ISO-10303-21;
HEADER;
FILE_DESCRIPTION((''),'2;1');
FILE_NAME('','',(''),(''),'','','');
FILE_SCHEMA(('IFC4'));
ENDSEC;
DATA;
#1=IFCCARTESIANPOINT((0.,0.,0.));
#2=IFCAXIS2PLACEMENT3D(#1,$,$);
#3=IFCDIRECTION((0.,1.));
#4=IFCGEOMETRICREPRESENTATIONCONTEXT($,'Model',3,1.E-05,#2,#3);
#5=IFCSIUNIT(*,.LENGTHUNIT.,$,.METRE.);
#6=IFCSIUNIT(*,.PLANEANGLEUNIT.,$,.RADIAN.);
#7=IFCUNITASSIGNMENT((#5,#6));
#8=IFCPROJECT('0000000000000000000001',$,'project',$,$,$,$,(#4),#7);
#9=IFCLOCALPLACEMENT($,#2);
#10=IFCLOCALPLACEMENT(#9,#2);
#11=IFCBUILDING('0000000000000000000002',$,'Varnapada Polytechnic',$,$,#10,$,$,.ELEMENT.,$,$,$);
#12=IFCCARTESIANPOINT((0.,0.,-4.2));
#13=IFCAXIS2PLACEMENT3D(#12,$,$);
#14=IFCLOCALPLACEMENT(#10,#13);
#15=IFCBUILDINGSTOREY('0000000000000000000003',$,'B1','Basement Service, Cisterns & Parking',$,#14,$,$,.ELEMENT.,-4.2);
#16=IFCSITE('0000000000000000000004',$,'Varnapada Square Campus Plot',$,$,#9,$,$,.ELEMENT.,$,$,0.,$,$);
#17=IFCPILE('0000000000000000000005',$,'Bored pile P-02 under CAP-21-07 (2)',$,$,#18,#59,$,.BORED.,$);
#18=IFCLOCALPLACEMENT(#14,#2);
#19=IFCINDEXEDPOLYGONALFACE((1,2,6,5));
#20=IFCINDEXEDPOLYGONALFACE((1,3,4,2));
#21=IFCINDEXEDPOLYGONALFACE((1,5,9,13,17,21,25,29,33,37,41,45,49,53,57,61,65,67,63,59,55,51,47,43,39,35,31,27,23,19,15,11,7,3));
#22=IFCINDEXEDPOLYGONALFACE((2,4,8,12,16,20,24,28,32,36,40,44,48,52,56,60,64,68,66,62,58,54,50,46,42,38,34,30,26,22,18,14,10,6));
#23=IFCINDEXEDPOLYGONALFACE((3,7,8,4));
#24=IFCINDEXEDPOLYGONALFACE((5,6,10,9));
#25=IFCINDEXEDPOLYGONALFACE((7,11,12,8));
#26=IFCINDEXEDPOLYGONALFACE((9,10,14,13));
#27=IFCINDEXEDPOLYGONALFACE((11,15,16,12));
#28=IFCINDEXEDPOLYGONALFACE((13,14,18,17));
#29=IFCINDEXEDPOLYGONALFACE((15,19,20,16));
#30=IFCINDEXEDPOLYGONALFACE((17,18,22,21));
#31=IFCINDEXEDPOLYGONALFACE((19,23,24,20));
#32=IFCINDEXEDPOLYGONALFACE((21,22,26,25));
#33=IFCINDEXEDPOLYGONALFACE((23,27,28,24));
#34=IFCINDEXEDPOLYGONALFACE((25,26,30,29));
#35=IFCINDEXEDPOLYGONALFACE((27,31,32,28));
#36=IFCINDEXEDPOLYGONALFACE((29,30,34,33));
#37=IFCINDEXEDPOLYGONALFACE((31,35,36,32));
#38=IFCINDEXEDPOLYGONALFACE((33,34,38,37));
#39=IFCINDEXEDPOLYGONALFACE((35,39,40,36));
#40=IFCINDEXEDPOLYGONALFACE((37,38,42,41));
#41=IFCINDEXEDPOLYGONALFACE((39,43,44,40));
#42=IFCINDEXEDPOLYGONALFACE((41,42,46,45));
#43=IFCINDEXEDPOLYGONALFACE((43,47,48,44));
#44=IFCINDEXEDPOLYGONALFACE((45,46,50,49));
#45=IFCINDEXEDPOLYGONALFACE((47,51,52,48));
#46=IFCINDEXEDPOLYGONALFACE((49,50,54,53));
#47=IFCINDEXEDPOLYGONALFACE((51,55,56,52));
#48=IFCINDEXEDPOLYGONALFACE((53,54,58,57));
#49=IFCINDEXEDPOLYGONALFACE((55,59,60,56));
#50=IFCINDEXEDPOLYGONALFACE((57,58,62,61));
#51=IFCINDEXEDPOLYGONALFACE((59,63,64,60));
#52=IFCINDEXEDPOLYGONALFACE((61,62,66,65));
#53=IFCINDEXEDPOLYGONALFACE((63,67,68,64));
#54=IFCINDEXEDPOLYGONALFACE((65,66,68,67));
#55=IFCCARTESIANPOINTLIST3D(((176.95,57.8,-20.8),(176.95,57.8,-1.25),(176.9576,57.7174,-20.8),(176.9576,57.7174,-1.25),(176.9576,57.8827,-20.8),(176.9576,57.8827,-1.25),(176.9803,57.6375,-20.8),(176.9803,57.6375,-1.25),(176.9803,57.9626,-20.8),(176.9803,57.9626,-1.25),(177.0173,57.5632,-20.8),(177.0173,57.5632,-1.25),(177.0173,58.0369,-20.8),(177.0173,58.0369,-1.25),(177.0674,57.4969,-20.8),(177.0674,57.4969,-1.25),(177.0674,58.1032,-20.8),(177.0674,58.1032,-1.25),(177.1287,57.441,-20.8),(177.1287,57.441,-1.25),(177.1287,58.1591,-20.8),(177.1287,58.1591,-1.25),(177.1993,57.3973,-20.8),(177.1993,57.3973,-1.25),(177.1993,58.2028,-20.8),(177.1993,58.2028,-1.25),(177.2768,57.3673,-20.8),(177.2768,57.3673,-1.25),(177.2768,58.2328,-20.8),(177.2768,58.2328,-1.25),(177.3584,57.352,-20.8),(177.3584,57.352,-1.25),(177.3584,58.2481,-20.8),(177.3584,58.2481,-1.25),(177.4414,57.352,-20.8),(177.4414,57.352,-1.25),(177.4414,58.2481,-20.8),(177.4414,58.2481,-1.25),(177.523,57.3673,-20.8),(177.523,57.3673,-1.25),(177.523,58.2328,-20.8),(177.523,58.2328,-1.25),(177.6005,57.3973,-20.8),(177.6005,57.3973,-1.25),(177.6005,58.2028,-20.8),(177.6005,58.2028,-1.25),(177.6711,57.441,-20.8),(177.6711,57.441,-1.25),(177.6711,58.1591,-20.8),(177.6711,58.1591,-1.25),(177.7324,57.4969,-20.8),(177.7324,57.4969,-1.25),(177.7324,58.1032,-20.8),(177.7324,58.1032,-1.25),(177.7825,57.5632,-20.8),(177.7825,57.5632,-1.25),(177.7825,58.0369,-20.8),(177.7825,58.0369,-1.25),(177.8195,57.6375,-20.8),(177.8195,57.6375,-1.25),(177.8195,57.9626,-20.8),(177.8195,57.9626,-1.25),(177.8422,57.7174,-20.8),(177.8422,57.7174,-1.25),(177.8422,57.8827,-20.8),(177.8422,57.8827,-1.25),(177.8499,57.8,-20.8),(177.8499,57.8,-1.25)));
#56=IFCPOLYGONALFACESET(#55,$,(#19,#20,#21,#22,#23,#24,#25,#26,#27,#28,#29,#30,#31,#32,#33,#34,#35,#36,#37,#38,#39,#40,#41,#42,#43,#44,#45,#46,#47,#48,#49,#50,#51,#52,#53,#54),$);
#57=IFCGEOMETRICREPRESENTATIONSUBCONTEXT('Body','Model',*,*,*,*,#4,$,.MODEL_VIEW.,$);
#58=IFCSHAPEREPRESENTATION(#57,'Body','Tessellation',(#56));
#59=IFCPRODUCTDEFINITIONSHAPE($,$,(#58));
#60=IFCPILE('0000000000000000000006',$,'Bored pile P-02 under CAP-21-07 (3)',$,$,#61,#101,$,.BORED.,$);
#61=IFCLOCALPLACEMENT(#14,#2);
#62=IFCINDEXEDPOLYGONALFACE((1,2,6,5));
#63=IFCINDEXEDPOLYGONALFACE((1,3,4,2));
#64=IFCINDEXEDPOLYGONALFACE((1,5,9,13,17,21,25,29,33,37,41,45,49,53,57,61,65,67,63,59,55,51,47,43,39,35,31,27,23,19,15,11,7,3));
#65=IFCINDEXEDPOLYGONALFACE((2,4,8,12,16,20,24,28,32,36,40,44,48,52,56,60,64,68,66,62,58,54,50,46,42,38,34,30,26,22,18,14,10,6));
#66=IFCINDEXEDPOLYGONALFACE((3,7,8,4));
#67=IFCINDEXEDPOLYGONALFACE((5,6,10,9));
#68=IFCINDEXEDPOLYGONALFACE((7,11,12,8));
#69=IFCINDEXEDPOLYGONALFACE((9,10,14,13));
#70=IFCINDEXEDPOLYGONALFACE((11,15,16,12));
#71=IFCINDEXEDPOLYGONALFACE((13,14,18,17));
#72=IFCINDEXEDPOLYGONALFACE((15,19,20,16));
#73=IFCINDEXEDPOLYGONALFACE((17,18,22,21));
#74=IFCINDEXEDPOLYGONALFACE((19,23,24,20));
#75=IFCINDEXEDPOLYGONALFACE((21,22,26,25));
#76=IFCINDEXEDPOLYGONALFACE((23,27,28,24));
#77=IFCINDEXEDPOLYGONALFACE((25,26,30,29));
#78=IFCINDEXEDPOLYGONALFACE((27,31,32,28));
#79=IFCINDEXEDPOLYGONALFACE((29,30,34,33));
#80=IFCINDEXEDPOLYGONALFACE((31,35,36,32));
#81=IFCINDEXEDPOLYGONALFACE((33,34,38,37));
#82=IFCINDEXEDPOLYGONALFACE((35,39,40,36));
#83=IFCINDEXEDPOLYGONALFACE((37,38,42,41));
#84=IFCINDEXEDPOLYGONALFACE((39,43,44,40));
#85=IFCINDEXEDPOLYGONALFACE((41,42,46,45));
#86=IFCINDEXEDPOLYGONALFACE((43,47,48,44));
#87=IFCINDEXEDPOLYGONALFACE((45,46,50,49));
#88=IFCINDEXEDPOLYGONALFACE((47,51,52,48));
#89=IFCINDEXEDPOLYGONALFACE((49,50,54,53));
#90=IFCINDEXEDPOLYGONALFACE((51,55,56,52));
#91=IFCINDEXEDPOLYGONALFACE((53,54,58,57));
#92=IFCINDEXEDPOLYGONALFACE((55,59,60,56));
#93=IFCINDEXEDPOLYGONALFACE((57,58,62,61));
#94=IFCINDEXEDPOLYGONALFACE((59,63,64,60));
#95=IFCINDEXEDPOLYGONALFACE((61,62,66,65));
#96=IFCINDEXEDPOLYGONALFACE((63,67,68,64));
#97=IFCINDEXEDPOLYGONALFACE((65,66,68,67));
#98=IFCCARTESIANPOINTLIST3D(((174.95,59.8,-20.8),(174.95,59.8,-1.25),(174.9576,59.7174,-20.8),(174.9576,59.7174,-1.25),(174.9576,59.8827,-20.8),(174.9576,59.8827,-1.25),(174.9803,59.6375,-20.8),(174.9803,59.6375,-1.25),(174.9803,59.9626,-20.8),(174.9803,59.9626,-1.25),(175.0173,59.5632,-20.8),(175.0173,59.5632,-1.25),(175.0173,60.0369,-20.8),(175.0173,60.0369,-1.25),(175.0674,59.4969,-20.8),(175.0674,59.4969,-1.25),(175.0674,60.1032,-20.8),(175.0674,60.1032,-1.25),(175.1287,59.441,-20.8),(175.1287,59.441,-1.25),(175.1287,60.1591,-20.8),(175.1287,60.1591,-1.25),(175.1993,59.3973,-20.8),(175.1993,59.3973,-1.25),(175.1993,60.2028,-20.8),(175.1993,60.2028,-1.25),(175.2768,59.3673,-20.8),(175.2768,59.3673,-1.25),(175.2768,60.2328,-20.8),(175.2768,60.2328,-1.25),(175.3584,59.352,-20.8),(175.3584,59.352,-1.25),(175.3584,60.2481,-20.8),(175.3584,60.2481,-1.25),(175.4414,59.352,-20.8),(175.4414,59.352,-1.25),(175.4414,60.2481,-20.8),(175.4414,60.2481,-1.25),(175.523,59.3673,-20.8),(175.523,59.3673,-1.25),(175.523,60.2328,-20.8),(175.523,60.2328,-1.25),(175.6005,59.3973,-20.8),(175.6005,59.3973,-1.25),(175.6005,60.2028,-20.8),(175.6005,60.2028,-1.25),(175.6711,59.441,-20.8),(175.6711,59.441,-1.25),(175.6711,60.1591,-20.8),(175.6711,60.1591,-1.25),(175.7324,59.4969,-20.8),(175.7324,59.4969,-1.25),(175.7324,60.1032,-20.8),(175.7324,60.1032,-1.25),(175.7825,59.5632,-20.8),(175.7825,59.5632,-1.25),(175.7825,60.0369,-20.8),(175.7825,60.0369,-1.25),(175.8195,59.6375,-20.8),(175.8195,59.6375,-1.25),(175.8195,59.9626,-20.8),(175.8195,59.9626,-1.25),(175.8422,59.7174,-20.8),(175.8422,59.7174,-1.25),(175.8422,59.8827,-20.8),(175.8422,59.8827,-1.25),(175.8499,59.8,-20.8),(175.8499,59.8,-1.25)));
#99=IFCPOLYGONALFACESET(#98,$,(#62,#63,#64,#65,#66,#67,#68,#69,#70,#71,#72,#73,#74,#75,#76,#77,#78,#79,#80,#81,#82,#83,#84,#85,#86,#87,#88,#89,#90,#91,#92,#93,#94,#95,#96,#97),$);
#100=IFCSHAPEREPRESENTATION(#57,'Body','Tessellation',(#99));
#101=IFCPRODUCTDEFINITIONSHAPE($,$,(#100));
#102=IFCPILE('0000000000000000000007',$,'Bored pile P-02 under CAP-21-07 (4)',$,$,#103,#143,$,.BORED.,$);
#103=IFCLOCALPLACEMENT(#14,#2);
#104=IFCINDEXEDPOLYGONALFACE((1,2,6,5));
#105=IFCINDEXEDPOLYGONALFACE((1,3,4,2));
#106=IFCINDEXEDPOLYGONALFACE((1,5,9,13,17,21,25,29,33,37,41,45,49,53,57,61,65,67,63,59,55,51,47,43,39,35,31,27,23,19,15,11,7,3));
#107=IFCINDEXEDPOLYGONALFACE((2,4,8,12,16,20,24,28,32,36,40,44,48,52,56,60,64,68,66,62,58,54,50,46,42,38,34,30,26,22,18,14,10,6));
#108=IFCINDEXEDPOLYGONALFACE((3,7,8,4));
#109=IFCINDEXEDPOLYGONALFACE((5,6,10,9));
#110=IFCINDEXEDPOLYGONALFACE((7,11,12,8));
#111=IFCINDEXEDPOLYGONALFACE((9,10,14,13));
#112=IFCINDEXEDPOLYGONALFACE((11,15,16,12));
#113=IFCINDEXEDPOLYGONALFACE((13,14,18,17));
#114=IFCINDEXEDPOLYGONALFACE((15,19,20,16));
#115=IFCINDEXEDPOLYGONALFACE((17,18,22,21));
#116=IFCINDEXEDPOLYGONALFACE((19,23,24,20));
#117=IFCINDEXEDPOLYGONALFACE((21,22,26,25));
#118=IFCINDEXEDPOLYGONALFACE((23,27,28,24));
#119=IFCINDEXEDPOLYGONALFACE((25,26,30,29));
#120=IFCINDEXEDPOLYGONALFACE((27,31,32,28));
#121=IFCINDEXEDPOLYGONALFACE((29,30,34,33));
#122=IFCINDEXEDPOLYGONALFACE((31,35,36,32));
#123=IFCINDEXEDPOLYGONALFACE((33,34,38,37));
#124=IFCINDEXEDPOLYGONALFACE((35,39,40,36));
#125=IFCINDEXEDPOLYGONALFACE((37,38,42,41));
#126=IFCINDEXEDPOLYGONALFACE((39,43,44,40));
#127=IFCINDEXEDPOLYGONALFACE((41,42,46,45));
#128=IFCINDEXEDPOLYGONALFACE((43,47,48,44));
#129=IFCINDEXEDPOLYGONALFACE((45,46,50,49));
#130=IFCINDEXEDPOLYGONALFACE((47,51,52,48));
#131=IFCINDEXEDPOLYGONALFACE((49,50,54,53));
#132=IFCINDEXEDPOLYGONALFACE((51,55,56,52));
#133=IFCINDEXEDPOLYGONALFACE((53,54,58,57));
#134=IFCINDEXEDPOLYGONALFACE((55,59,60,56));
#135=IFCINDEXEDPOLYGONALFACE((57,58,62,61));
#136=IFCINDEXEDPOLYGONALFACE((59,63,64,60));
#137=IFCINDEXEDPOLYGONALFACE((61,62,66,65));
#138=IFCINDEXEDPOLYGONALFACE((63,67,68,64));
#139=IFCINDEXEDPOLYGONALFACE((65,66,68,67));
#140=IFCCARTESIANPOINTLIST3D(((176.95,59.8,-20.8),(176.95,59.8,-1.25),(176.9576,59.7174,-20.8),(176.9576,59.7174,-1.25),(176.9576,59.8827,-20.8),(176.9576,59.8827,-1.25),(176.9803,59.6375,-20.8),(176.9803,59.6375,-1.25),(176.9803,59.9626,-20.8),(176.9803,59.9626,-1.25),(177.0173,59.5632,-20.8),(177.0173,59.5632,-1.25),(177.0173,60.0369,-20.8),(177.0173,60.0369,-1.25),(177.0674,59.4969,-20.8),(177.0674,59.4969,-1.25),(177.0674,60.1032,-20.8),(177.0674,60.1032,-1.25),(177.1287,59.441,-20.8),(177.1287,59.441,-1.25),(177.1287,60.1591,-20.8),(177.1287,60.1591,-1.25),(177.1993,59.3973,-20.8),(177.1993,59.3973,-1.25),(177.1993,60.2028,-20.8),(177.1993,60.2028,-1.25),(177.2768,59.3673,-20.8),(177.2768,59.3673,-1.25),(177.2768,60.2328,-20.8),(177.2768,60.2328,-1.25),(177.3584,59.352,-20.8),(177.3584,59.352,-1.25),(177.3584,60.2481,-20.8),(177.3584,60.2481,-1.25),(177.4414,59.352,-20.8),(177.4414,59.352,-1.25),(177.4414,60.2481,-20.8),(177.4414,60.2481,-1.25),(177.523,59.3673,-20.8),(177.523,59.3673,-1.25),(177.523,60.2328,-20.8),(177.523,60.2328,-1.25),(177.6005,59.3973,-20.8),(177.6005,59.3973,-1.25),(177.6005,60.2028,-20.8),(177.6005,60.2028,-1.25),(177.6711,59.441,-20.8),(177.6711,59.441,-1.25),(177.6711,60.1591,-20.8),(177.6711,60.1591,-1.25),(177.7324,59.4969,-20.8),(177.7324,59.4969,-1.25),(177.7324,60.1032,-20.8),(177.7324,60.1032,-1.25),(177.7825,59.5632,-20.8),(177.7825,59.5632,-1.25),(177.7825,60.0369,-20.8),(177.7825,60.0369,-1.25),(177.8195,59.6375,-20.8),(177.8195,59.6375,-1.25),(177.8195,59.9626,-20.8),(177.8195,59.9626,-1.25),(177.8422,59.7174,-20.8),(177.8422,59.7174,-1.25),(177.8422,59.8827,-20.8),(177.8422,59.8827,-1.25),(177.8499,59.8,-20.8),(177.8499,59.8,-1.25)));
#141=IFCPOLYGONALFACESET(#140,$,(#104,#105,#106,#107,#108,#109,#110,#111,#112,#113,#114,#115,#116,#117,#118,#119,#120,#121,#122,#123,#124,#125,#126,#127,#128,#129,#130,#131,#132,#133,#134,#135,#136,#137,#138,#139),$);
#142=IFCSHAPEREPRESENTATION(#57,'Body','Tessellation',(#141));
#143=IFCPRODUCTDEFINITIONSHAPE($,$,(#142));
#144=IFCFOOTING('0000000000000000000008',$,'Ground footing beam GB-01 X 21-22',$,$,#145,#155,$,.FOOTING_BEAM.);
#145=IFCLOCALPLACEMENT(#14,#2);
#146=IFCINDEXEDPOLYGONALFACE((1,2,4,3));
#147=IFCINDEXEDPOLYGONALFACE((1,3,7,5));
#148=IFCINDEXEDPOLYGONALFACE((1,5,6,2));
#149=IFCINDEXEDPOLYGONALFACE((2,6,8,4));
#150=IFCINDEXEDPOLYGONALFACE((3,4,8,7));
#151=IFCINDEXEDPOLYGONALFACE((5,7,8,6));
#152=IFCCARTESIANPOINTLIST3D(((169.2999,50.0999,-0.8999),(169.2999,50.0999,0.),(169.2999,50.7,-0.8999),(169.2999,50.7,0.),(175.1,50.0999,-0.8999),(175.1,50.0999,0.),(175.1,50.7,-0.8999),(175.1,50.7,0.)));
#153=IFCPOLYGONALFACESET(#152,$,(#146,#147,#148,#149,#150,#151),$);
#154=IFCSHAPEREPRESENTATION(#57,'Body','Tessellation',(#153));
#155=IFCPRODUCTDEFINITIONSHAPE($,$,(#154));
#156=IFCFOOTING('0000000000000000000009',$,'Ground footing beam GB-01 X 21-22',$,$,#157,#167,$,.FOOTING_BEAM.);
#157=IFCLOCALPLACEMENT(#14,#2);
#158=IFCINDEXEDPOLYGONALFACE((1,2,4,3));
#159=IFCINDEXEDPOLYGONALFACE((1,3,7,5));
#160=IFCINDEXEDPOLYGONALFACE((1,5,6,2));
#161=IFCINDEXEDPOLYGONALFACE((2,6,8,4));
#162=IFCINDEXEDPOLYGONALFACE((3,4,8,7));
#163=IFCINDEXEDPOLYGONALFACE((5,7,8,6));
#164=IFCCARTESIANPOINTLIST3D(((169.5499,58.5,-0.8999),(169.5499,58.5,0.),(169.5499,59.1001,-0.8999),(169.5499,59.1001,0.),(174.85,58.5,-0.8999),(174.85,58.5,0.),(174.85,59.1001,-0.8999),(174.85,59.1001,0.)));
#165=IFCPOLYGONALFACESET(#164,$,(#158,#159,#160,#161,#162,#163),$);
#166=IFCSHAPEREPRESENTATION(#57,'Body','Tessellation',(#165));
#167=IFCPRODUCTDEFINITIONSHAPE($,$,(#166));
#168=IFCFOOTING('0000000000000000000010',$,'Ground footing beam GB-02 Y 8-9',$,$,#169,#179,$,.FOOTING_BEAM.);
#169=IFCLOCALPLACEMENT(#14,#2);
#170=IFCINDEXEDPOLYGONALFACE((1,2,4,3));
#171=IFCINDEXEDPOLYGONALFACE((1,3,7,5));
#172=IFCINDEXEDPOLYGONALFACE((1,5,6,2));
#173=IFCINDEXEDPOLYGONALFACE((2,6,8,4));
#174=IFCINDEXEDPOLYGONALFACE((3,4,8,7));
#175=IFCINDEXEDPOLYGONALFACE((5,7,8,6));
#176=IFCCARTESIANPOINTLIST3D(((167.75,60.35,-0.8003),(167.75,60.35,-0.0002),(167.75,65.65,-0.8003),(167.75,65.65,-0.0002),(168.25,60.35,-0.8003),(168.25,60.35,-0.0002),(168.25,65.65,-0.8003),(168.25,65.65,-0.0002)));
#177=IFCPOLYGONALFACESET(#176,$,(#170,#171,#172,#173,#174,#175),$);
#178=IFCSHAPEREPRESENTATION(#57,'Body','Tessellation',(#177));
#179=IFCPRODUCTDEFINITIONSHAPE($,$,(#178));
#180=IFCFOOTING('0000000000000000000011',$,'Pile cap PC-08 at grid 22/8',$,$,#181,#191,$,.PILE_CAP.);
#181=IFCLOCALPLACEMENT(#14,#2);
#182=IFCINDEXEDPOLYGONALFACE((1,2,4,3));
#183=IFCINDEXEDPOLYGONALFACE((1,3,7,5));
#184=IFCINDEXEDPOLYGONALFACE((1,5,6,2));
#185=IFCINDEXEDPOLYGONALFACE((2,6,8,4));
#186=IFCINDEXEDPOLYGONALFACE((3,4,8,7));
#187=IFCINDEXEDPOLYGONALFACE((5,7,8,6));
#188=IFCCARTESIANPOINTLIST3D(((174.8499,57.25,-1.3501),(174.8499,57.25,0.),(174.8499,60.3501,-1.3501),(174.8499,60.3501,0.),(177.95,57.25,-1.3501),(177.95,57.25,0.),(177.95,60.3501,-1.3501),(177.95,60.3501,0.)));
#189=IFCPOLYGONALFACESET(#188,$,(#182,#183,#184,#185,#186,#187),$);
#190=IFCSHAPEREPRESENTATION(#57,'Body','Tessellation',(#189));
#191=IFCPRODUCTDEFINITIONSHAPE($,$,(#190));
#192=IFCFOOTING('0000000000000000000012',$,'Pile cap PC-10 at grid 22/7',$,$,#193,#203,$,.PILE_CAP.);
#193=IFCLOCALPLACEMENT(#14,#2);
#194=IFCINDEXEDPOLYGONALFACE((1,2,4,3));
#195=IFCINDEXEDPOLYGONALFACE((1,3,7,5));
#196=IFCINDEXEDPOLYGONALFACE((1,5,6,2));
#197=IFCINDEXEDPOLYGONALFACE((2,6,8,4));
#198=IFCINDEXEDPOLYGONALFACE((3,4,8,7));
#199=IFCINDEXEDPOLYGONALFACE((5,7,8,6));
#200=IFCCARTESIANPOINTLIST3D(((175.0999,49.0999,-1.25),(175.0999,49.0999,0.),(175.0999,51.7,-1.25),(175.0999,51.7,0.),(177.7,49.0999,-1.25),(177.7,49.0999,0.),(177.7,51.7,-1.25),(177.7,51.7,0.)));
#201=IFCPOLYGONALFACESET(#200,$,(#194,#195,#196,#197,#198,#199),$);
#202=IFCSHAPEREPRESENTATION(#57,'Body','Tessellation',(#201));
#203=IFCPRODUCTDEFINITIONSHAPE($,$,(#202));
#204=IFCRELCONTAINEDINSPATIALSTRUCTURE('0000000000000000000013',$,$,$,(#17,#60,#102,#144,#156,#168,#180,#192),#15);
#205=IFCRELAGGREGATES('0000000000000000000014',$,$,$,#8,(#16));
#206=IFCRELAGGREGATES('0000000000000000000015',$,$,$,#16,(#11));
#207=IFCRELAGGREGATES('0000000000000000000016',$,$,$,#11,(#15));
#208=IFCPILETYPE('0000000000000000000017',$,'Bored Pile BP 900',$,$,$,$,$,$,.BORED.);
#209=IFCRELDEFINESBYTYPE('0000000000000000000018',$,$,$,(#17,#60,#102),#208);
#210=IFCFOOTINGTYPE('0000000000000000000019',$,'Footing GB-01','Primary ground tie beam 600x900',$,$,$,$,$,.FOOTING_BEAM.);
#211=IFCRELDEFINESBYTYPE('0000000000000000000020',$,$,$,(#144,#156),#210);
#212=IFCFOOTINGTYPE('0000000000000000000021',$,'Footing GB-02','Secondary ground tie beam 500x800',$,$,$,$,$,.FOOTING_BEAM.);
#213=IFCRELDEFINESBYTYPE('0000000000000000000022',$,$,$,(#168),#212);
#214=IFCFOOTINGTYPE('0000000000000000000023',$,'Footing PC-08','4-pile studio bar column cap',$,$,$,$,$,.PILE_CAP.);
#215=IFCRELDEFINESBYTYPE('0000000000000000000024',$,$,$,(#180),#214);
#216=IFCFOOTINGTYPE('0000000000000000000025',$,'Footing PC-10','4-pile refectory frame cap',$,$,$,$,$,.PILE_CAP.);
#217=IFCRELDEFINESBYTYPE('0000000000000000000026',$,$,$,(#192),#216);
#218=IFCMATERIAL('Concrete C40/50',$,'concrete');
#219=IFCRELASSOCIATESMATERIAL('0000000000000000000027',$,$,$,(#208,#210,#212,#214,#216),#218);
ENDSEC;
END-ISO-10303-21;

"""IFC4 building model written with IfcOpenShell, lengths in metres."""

from ifc_helpers import new_model, si_unit, direction, frame, origin, origin_2d, place, context, subcontext, project, spatial, rectangle, circle, extrude, material, material_profile, profile_set, type_object, element, save


model = new_model("IFC4")

# Units and contexts
model_context = context("Model", 3, precision=1e-05, world=origin(), true_north=direction((0.0, 1.0)))
body_context = subcontext(model_context, "Body", "Model", "MODEL_VIEW")
ifc_project = project(units=[si_unit("LENGTHUNIT", "METRE"), si_unit("PLANEANGLEUNIT", "RADIAN")], contexts=[model_context])

# Site, building, storey
site_placement = place(None, origin())
site = spatial("IfcSite", under=ifc_project, at=site_placement, Name="Varnapada Square Campus Plot", CompositionType="ELEMENT", RefElevation=0.0)
building_placement = place(site_placement, origin())
building = spatial("IfcBuilding", under=site, at=building_placement, Name="Varnapada Polytechnic", CompositionType="ELEMENT")
storey_placement = place(building_placement, frame((0.0, 0.0, -4.2)))
storey = spatial("IfcBuildingStorey", under=building, at=storey_placement, Name="B1", Description="Basement Service, Cisterns & Parking", CompositionType="ELEMENT", Elevation=-4.2)

# Piles
ifc_material = material(Name="Concrete C40/50", Category="concrete")
ifc_material_profile_1 = material_profile(ifc_material, circle(Radius=0.45, at=origin_2d()), Name="BP 900")
ifc_profile_set_1 = profile_set([ifc_material_profile_1], Name="Concrete C40/50")
pile_type_1 = type_object("IfcPileType", Name="Bored Pile BP 900", PredefinedType="BORED", material=ifc_profile_set_1)
for number, where, z_axis, x_axis, name in (
    (1, (177.3999, 57.8, -1.25), (0.0, 0.0, -1.0), (1.0, 0.0, 0.0), "Bored pile P-02 under CAP-21-07 (2)"),
    (2, (175.3999, 59.8, -1.25), (0.0, 0.0, -1.0), (1.0, 0.0, 0.0), "Bored pile P-02 under CAP-21-07 (3)"),
    (3, (177.3999, 59.8, -1.25), (0.0, 0.0, -1.0), (1.0, 0.0, 0.0), "Bored pile P-02 under CAP-21-07 (4)"),
):
    element("IfcPile", number, at=place(storey_placement, frame(where, z_axis=z_axis, x_axis=x_axis)), inside=storey, type_object=pile_type_1, Name=name, PredefinedType="BORED", context=body_context, shape_type="SweptSolid", body=[
        extrude(circle(Radius=0.45, at=origin_2d()), origin(), (0.0, 0.0, 1.0), 19.55),
    ])

# Footings
footing_type_1 = type_object("IfcFootingType", Name="Footing GB-01", Description="Primary ground tie beam 600x900", PredefinedType="FOOTING_BEAM", material=ifc_material)
footing_1_placement = place(storey_placement, frame((172.2, 50.3999, -0.8999), z_axis=(0.0, 0.0, 1.0), x_axis=(1.0, 0.0, 0.0)))
element("IfcFooting", 4, at=footing_1_placement, inside=storey, type_object=footing_type_1, Name="Ground footing beam GB-01 X 21-22", PredefinedType="FOOTING_BEAM", context=body_context, shape_type="SweptSolid", body=[
    extrude(rectangle(XDim=5.8, YDim=0.6001, at=origin_2d()), origin(), (0.0, 0.0, 1.0), 0.8999),
])
footing_2_placement = place(storey_placement, frame((172.2, 58.8, -0.8999), z_axis=(0.0, 0.0, 1.0), x_axis=(1.0, 0.0, 0.0)))
element("IfcFooting", 5, at=footing_2_placement, inside=storey, type_object=footing_type_1, Name="Ground footing beam GB-01 X 21-22", PredefinedType="FOOTING_BEAM", context=body_context, shape_type="SweptSolid", body=[
    extrude(rectangle(XDim=5.3, YDim=0.6001, at=origin_2d()), origin(), (0.0, 0.0, 1.0), 0.8999),
])
footing_type_2 = type_object("IfcFootingType", Name="Footing GB-02", Description="Secondary ground tie beam 500x800", PredefinedType="FOOTING_BEAM", material=ifc_material)
footing_3_placement = place(storey_placement, frame((168.0, 63.0, -0.8003), z_axis=(0.0, 0.0, 1.0), x_axis=(0.0, 1.0, 0.0)))
element("IfcFooting", 6, at=footing_3_placement, inside=storey, type_object=footing_type_2, Name="Ground footing beam GB-02 Y 8-9", PredefinedType="FOOTING_BEAM", context=body_context, shape_type="SweptSolid", body=[
    extrude(rectangle(XDim=5.3, YDim=0.5, at=origin_2d()), origin(), (0.0, 0.0, 1.0), 0.8),
])
footing_type_3 = type_object("IfcFootingType", Name="Footing PC-08", Description="4-pile studio bar column cap", PredefinedType="PILE_CAP", material=ifc_material)
footing_4_placement = place(storey_placement, frame((176.3999, 58.8, -1.3501), z_axis=(0.0, 0.0, 1.0), x_axis=(1.0, 0.0, 0.0)))
element("IfcFooting", 7, at=footing_4_placement, inside=storey, type_object=footing_type_3, Name="Pile cap PC-08 at grid 22/8", PredefinedType="PILE_CAP", context=body_context, shape_type="SweptSolid", body=[
    extrude(rectangle(XDim=3.1001, YDim=3.1001, at=origin_2d()), origin(), (0.0, 0.0, 1.0), 1.3501),
])
footing_type_4 = type_object("IfcFootingType", Name="Footing PC-10", Description="4-pile refectory frame cap", PredefinedType="PILE_CAP", material=ifc_material)
footing_5_placement = place(storey_placement, frame((176.3999, 50.3999, -1.25), z_axis=(0.0, 0.0, 1.0), x_axis=(1.0, 0.0, 0.0)))
element("IfcFooting", 8, at=footing_5_placement, inside=storey, type_object=footing_type_4, Name="Pile cap PC-10 at grid 22/7", PredefinedType="PILE_CAP", context=body_context, shape_type="SweptSolid", body=[
    extrude(rectangle(XDim=2.6001, YDim=2.6001, at=origin_2d()), origin(), (0.0, 0.0, 1.0), 1.25),
])

save(model, "model.ifc")
